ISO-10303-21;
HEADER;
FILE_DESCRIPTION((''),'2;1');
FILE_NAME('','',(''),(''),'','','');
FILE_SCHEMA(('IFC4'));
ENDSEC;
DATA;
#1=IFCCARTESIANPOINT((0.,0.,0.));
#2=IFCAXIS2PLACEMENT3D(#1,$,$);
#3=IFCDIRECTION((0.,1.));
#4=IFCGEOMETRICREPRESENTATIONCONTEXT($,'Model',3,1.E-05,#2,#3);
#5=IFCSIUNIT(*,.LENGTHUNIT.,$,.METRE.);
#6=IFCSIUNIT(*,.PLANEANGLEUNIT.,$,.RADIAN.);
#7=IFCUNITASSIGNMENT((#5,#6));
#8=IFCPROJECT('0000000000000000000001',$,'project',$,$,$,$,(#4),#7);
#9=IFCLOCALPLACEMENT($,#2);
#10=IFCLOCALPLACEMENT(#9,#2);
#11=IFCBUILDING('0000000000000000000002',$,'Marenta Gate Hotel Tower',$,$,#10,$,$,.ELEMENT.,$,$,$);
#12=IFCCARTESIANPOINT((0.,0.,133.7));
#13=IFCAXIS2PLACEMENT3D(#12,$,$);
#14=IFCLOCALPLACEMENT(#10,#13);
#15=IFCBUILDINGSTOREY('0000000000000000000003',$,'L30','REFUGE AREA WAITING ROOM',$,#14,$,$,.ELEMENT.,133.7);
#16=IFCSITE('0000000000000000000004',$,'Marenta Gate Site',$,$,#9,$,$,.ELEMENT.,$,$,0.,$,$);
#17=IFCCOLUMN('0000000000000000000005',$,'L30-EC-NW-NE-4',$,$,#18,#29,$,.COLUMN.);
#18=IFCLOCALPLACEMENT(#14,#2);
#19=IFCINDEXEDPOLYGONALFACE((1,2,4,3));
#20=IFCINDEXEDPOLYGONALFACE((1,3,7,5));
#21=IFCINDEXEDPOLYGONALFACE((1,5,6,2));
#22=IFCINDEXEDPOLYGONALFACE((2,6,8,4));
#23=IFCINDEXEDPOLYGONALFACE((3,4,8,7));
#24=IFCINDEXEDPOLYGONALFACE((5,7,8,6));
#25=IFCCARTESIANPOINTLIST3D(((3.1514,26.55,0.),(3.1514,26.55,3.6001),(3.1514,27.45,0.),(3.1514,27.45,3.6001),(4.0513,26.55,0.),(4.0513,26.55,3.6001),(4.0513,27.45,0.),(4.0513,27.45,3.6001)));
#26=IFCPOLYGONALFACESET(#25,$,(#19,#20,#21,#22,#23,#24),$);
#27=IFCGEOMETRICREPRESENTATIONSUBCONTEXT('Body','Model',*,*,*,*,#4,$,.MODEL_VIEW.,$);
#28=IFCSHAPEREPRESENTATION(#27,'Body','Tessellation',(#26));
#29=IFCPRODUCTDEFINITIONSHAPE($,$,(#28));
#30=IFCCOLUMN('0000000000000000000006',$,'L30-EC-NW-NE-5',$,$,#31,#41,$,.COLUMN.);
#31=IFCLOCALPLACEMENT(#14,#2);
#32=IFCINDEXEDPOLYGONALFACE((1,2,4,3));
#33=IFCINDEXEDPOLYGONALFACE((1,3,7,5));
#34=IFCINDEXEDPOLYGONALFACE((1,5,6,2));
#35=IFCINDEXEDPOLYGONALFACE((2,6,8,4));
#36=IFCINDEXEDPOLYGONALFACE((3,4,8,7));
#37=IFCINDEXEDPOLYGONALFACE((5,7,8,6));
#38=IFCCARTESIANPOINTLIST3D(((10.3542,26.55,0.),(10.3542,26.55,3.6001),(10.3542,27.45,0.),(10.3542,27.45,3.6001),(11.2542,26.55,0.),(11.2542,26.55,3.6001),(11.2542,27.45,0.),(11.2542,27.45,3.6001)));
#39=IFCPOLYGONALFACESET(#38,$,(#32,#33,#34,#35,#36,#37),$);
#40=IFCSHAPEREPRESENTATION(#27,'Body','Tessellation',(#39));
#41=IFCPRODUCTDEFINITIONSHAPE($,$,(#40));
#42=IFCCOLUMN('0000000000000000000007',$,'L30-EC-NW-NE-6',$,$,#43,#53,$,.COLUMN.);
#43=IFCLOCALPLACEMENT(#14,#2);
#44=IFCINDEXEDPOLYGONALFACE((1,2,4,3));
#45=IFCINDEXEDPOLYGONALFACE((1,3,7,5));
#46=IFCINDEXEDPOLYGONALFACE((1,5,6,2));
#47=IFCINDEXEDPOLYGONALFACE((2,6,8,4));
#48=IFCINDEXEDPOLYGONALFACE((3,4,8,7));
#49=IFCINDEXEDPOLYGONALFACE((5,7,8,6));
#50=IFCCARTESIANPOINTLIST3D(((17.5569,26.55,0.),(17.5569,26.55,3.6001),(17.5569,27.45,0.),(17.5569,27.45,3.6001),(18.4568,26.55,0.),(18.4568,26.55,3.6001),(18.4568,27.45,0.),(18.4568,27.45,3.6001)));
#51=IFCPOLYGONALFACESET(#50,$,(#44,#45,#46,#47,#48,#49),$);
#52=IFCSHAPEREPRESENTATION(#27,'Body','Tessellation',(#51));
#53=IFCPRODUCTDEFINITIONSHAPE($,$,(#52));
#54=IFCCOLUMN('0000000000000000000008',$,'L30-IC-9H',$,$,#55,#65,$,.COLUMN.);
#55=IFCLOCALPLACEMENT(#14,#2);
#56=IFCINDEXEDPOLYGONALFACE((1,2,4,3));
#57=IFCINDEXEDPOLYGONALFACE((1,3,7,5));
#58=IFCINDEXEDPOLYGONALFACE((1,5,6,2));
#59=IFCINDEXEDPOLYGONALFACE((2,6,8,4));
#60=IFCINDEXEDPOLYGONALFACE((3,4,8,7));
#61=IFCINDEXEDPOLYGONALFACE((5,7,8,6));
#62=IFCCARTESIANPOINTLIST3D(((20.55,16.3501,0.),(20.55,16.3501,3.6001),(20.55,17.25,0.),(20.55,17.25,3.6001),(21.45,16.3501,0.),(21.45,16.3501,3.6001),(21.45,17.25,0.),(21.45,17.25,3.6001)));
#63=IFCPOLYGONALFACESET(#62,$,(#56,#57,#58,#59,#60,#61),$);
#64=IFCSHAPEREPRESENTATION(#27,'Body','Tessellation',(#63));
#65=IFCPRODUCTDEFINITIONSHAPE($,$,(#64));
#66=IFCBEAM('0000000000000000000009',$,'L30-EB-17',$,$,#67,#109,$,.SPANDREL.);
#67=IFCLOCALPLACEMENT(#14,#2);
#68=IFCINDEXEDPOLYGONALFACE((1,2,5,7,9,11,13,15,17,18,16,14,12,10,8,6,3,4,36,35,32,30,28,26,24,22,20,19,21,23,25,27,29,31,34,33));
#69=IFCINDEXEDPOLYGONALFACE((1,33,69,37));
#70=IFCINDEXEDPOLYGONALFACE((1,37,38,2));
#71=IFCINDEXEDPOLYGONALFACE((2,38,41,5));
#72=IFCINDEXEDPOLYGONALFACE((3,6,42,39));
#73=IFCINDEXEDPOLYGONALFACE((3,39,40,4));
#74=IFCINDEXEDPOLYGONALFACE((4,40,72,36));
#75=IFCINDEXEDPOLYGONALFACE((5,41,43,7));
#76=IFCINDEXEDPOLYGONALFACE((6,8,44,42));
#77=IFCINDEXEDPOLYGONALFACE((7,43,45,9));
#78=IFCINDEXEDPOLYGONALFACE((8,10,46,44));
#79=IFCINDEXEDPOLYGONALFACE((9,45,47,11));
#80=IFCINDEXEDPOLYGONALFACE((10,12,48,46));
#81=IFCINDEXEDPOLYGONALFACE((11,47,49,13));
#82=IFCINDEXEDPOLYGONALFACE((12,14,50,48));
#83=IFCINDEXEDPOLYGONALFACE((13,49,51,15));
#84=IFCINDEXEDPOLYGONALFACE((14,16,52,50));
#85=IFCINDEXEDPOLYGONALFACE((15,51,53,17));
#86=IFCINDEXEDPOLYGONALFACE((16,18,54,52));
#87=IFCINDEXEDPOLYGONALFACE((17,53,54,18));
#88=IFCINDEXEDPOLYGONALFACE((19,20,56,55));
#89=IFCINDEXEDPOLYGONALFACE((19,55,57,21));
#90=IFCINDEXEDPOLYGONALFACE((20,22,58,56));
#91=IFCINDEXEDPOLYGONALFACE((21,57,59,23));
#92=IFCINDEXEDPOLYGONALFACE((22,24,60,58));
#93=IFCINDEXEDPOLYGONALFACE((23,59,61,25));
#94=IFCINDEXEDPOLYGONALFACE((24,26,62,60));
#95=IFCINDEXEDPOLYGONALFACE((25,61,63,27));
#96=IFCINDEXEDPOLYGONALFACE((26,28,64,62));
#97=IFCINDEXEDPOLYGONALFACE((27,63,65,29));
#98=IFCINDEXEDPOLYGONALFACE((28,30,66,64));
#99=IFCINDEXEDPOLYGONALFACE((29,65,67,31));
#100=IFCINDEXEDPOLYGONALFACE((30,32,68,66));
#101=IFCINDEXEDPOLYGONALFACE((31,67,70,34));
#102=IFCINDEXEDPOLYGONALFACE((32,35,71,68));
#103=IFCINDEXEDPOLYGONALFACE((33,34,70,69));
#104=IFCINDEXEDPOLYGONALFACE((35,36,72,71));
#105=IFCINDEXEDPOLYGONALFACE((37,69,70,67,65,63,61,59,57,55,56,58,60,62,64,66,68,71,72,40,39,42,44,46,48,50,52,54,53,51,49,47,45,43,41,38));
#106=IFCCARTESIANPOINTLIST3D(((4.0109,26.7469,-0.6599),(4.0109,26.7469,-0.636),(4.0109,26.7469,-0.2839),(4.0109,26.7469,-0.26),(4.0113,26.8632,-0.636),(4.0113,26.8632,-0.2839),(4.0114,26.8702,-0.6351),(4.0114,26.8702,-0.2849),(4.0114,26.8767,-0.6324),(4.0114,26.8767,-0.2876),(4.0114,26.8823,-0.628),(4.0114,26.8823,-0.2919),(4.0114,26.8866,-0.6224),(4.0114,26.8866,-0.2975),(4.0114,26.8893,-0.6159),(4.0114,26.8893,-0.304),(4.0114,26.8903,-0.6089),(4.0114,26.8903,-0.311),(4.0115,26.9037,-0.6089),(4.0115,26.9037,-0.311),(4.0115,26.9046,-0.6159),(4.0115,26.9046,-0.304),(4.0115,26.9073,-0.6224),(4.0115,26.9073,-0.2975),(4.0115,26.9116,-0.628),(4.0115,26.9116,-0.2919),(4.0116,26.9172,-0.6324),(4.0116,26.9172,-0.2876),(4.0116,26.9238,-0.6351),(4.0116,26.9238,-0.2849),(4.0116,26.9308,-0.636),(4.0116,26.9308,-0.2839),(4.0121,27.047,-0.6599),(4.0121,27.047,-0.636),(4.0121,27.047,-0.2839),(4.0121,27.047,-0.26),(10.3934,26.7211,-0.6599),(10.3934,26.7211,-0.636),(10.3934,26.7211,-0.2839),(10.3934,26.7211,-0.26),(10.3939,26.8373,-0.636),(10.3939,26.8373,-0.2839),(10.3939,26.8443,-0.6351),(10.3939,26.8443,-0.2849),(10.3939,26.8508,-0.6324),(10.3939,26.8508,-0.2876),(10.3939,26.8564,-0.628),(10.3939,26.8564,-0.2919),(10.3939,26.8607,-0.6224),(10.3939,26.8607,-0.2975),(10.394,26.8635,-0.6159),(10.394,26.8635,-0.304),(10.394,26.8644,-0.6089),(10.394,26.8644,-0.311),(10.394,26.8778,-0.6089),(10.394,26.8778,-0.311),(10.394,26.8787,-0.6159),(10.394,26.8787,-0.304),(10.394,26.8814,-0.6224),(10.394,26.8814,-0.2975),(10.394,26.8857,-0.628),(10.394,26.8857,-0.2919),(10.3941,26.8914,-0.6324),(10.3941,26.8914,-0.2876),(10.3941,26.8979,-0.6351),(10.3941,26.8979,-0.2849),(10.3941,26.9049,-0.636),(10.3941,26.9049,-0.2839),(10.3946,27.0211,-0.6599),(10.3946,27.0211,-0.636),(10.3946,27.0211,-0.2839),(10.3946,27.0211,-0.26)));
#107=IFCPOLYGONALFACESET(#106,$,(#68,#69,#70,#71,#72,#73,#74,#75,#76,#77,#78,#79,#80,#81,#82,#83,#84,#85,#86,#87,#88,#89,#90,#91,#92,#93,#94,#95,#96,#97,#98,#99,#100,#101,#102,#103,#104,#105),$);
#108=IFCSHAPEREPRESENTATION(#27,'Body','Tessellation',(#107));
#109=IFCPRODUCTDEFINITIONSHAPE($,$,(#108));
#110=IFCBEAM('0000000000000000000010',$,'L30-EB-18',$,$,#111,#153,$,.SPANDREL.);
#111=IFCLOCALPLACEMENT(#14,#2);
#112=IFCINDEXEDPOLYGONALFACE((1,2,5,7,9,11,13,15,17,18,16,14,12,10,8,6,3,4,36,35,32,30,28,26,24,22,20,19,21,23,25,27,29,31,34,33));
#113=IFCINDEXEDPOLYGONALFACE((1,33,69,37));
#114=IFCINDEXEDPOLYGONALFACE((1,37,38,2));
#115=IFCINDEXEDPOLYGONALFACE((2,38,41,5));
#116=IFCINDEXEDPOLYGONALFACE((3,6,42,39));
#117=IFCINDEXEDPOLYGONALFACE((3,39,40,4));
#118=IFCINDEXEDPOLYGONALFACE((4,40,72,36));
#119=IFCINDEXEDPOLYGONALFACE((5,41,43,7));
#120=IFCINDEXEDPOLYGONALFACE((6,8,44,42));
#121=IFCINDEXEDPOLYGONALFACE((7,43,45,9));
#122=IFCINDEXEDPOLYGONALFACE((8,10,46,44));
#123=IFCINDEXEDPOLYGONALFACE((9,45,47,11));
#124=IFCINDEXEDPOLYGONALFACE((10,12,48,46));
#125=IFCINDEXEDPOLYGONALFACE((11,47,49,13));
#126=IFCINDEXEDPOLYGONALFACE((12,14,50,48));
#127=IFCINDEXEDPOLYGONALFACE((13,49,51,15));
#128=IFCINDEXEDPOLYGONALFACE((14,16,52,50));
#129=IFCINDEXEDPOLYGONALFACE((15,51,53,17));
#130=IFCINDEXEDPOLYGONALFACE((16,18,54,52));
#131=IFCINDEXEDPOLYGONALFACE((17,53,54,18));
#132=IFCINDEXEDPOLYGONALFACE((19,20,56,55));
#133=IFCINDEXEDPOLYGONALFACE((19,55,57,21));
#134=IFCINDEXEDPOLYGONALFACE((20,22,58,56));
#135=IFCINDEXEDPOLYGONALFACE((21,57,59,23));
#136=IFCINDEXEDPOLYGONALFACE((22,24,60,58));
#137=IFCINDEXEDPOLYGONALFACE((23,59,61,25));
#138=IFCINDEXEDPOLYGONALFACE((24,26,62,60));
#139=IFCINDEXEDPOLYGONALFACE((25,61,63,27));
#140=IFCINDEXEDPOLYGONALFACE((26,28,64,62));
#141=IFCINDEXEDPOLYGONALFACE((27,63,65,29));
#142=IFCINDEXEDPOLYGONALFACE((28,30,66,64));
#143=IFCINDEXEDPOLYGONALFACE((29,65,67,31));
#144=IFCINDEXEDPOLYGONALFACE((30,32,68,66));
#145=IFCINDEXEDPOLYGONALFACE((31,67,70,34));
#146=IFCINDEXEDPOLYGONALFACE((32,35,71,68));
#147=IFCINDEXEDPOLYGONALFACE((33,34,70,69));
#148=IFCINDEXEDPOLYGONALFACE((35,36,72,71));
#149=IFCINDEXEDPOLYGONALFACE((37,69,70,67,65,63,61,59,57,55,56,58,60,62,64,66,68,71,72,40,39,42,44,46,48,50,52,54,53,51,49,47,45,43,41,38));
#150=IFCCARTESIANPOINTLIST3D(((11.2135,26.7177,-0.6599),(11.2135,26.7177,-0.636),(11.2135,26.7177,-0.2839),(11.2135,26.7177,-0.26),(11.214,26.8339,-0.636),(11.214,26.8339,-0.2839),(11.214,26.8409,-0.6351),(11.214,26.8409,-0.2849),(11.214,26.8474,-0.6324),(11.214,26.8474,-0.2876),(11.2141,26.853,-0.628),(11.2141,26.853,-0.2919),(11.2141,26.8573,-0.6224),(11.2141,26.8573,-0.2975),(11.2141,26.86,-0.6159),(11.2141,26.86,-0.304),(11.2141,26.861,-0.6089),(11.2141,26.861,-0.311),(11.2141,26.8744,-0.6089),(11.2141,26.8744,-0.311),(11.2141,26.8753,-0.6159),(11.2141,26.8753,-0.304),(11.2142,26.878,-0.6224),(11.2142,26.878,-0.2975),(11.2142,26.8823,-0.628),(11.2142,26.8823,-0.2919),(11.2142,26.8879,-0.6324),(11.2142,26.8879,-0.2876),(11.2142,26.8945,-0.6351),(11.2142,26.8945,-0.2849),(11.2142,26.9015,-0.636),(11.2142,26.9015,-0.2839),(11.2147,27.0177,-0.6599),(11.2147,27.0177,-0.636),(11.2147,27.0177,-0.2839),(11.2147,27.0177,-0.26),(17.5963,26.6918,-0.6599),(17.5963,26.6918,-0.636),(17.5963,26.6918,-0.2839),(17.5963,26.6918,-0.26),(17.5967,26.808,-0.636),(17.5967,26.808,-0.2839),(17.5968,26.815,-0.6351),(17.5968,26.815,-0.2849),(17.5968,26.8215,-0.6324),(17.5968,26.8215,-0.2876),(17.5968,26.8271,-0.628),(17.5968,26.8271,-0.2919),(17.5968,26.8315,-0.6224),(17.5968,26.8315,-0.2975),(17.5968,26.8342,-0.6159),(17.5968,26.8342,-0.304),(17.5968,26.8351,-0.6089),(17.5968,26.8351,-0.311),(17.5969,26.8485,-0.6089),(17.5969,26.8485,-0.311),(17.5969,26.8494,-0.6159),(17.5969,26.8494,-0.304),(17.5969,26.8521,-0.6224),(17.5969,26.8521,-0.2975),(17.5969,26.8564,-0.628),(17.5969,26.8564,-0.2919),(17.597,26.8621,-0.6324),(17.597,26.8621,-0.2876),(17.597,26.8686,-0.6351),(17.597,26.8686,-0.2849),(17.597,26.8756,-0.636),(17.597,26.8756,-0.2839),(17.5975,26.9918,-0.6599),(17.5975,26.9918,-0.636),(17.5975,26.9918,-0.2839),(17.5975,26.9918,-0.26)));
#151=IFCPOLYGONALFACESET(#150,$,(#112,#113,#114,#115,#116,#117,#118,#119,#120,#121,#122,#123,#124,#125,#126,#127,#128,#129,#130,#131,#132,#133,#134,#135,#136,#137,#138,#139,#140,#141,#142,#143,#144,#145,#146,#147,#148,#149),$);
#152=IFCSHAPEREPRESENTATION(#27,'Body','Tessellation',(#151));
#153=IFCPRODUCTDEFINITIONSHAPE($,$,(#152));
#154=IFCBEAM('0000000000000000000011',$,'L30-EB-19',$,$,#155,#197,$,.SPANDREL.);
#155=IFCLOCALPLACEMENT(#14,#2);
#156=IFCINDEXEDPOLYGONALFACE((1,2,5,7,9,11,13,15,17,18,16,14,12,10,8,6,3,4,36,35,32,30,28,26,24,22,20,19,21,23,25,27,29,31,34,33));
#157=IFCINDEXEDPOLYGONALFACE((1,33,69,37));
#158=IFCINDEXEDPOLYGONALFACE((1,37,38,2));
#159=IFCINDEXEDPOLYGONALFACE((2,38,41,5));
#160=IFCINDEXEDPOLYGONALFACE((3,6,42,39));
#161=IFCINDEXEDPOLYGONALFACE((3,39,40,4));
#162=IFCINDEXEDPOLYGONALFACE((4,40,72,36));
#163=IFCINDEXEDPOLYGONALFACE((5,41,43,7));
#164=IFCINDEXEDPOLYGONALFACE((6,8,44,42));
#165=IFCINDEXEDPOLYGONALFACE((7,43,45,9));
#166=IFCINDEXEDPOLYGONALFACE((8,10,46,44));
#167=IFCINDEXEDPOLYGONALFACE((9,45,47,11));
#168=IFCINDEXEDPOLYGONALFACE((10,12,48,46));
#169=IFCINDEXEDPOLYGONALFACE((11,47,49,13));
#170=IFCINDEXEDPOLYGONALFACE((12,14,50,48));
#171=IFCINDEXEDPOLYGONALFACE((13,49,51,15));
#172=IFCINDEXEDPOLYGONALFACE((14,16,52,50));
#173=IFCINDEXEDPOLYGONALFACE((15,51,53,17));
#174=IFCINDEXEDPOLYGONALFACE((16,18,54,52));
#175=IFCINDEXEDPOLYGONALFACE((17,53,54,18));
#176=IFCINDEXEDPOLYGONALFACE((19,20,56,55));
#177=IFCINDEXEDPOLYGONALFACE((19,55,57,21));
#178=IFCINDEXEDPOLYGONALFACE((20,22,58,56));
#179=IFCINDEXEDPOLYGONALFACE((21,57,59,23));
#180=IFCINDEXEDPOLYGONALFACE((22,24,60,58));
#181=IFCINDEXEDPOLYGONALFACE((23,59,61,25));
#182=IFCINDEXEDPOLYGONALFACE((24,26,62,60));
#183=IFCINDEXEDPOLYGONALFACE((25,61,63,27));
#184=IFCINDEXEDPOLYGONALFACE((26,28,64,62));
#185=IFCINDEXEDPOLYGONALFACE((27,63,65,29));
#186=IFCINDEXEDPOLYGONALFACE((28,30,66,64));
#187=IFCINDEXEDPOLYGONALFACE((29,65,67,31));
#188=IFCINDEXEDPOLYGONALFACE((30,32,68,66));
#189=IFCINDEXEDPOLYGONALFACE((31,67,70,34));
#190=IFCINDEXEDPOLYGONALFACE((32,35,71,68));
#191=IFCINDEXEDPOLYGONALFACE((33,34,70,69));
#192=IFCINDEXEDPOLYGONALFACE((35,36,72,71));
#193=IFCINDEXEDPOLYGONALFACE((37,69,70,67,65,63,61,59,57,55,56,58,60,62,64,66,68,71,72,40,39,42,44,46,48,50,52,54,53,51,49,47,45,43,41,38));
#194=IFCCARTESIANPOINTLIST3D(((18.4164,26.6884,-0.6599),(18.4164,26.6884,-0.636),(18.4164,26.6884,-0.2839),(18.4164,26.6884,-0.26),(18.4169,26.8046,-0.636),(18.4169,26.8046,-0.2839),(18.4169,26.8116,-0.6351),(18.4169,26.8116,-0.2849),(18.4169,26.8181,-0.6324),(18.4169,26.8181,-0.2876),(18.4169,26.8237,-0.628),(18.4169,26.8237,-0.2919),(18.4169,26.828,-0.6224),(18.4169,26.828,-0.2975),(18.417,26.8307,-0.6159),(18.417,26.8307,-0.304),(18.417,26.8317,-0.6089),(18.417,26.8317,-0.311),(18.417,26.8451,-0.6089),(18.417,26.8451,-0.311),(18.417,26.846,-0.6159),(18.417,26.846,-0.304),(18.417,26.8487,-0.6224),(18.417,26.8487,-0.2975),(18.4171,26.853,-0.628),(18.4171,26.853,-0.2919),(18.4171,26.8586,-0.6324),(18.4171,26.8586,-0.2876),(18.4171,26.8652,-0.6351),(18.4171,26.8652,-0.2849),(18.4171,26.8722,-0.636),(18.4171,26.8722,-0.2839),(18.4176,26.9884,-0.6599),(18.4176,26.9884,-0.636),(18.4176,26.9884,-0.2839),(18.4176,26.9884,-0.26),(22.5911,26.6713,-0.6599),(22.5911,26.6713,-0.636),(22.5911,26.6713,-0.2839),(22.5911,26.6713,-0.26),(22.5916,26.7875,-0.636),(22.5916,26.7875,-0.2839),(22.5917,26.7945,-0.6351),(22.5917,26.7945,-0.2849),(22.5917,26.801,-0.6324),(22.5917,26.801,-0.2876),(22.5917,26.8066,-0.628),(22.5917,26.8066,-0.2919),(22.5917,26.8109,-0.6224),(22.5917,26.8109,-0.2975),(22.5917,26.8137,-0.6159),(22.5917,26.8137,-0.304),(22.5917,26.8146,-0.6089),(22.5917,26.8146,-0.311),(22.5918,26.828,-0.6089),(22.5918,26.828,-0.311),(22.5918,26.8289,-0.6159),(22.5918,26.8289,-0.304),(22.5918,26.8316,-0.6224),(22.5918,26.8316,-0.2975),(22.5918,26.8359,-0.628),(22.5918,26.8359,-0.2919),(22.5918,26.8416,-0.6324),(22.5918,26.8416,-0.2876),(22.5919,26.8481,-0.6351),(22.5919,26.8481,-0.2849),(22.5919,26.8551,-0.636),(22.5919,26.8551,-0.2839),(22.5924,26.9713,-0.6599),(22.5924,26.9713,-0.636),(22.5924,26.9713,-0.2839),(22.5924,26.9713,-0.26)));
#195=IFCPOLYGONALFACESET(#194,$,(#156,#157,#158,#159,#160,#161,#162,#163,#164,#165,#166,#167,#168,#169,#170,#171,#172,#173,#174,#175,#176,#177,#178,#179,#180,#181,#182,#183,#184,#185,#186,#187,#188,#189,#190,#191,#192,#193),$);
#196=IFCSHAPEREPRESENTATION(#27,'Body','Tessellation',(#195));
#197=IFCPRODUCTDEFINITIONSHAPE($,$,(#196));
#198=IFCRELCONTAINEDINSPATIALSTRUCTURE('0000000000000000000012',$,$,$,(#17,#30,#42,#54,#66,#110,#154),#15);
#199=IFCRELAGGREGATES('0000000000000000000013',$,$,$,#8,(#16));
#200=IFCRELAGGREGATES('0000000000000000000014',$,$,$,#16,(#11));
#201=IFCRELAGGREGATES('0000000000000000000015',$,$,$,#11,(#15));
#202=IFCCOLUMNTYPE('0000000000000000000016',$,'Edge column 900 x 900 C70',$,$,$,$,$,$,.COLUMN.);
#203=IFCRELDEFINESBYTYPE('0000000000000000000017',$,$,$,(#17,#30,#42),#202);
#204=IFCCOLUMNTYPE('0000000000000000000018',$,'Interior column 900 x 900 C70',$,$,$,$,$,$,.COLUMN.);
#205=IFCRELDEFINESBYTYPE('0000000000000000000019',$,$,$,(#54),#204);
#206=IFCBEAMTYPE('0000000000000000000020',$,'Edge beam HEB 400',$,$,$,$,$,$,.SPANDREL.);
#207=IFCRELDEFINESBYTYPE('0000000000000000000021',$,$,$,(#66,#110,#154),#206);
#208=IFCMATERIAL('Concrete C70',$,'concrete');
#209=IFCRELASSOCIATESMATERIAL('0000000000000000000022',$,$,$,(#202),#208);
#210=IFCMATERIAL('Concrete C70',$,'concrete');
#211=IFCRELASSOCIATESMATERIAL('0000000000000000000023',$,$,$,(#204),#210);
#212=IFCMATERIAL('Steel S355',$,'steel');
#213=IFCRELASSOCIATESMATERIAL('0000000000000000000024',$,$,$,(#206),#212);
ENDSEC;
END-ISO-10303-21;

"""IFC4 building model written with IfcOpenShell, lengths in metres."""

from ifc_helpers import new_model, si_unit, direction, frame, origin, origin_2d, place, context, subcontext, project, spatial, rectangle, i_section, extrude, material, material_profile, profile_set, type_object, element, save


model = new_model("IFC4")

# Units and contexts
model_context = context("Model", 3, precision=1e-05, world=origin(), true_north=direction((0.0, 1.0)))
body_context = subcontext(model_context, "Body", "Model", "MODEL_VIEW")
ifc_project = project(units=[si_unit("LENGTHUNIT", "METRE"), si_unit("PLANEANGLEUNIT", "RADIAN")], contexts=[model_context])

# Site, building, storey
site_placement = place(None, origin())
site = spatial("IfcSite", under=ifc_project, at=site_placement, Name="Marenta Gate Site", CompositionType="ELEMENT", RefElevation=0.0)
building_placement = place(site_placement, origin())
building = spatial("IfcBuilding", under=site, at=building_placement, Name="Marenta Gate Hotel Tower", CompositionType="ELEMENT")
storey_placement = place(building_placement, frame((0.0, 0.0, 133.7)))
storey = spatial("IfcBuildingStorey", under=building, at=storey_placement, Name="L30", Description="REFUGE AREA WAITING ROOM", CompositionType="ELEMENT", Elevation=133.7)

# Columns
ifc_material_1 = material(Name="Concrete C70", Category="concrete")
ifc_material_profile_1 = material_profile(ifc_material_1, rectangle(XDim=0.8999, YDim=0.8999, at=origin_2d()), Name="900 x 900")
ifc_profile_set_1 = profile_set([ifc_material_profile_1], Name="Concrete C70")
column_type_1 = type_object("IfcColumnType", Name="Edge column 900 x 900 C70", PredefinedType="COLUMN", material=ifc_profile_set_1)
for number, where, z_axis, x_axis, name in (
    (1, (3.6013, 27.0, 0.0), (0.0, 0.0, 1.0), (1.0, 0.0, 0.0), "L30-EC-NW-NE-4"),
    (2, (10.8042, 27.0, 0.0), (0.0, 0.0, 1.0), (1.0, 0.0, 0.0), "L30-EC-NW-NE-5"),
    (3, (18.0068, 27.0, 0.0), (0.0, 0.0, 1.0), (1.0, 0.0, 0.0), "L30-EC-NW-NE-6"),
):
    element("IfcColumn", number, at=place(storey_placement, frame(where, z_axis=z_axis, x_axis=x_axis)), inside=storey, type_object=column_type_1, Name=name, PredefinedType="COLUMN", context=body_context, shape_type="SweptSolid", body=[
        extrude(rectangle(XDim=0.8999, YDim=0.8999, at=origin_2d()), origin(), (0.0, 0.0, 1.0), 3.6001),
    ])
ifc_material_2 = material(Name="Concrete C70", Category="concrete")
ifc_material_profile_2 = material_profile(ifc_material_2, rectangle(XDim=0.8999, YDim=0.8999, at=origin_2d()), Name="900 x 900")
ifc_profile_set_2 = profile_set([ifc_material_profile_2], Name="Concrete C70")
column_type_2 = type_object("IfcColumnType", Name="Interior column 900 x 900 C70", PredefinedType="COLUMN", material=ifc_profile_set_2)
column_placement = place(storey_placement, frame((21.0, 16.8, 0.0), z_axis=(0.0, 0.0, 1.0), x_axis=(1.0, 0.0, 0.0)))
element("IfcColumn", 4, at=column_placement, inside=storey, type_object=column_type_2, Name="L30-IC-9H", PredefinedType="COLUMN", context=body_context, shape_type="SweptSolid", body=[
    extrude(rectangle(XDim=0.8999, YDim=0.8999, at=origin_2d()), origin(), (0.0, 0.0, 1.0), 3.6001),
])

# Beams
ifc_material_3 = material(Name="Steel S355", Category="steel")
ifc_material_profile_3 = material_profile(ifc_material_3, i_section(OverallWidth=0.3, OverallDepth=0.3999, WebThickness=0.0134, FlangeThickness=0.0239, FilletRadius=0.0271, at=origin_2d()), Name="HEB 400")
ifc_profile_set_3 = profile_set([ifc_material_profile_3], Name="Steel S355")
beam_type_1 = type_object("IfcBeamType", Name="Edge beam HEB 400", PredefinedType="SPANDREL", material=ifc_profile_set_3)
beam_1_placement = place(storey_placement, frame((4.0115, 26.897, -0.46), z_axis=(0.999992, -0.004055, 0.0), x_axis=(0.004055, 0.999992, 0.0)))
element("IfcBeam", 5, at=beam_1_placement, inside=storey, type_object=beam_type_1, Name="L30-EB-17", PredefinedType="SPANDREL", context=body_context, shape_type="SweptSolid", body=[
    extrude(i_section(OverallWidth=0.3, OverallDepth=0.3999, WebThickness=0.0134, FlangeThickness=0.0239, FilletRadius=0.0271, at=origin_2d()), origin(), (0.0, 0.0, 1.0), 6.3826),
])
beam_2_placement = place(storey_placement, frame((11.2141, 26.8677, -0.46), z_axis=(0.999992, -0.004054, 0.0), x_axis=(0.004054, 0.999992, 0.0)))
element("IfcBeam", 6, at=beam_2_placement, inside=storey, type_object=beam_type_1, Name="L30-EB-18", PredefinedType="SPANDREL", context=body_context, shape_type="SweptSolid", body=[
    extrude(i_section(OverallWidth=0.3, OverallDepth=0.3999, WebThickness=0.0134, FlangeThickness=0.0239, FilletRadius=0.0271, at=origin_2d()), origin(), (0.0, 0.0, 1.0), 6.3828),
])
beam_3_placement = place(storey_placement, frame((18.417, 26.8384, -0.46), z_axis=(0.999992, -0.004094, 0.0), x_axis=(0.004094, 0.999992, 0.0)))
element("IfcBeam", 7, at=beam_3_placement, inside=storey, type_object=beam_type_1, Name="L30-EB-19", PredefinedType="SPANDREL", context=body_context, shape_type="SweptSolid", body=[
    extrude(i_section(OverallWidth=0.3, OverallDepth=0.3999, WebThickness=0.0134, FlangeThickness=0.0239, FilletRadius=0.0271, at=origin_2d()), origin(), (0.0, 0.0, 1.0), 4.1748),
])

save(model, "model.ifc")
